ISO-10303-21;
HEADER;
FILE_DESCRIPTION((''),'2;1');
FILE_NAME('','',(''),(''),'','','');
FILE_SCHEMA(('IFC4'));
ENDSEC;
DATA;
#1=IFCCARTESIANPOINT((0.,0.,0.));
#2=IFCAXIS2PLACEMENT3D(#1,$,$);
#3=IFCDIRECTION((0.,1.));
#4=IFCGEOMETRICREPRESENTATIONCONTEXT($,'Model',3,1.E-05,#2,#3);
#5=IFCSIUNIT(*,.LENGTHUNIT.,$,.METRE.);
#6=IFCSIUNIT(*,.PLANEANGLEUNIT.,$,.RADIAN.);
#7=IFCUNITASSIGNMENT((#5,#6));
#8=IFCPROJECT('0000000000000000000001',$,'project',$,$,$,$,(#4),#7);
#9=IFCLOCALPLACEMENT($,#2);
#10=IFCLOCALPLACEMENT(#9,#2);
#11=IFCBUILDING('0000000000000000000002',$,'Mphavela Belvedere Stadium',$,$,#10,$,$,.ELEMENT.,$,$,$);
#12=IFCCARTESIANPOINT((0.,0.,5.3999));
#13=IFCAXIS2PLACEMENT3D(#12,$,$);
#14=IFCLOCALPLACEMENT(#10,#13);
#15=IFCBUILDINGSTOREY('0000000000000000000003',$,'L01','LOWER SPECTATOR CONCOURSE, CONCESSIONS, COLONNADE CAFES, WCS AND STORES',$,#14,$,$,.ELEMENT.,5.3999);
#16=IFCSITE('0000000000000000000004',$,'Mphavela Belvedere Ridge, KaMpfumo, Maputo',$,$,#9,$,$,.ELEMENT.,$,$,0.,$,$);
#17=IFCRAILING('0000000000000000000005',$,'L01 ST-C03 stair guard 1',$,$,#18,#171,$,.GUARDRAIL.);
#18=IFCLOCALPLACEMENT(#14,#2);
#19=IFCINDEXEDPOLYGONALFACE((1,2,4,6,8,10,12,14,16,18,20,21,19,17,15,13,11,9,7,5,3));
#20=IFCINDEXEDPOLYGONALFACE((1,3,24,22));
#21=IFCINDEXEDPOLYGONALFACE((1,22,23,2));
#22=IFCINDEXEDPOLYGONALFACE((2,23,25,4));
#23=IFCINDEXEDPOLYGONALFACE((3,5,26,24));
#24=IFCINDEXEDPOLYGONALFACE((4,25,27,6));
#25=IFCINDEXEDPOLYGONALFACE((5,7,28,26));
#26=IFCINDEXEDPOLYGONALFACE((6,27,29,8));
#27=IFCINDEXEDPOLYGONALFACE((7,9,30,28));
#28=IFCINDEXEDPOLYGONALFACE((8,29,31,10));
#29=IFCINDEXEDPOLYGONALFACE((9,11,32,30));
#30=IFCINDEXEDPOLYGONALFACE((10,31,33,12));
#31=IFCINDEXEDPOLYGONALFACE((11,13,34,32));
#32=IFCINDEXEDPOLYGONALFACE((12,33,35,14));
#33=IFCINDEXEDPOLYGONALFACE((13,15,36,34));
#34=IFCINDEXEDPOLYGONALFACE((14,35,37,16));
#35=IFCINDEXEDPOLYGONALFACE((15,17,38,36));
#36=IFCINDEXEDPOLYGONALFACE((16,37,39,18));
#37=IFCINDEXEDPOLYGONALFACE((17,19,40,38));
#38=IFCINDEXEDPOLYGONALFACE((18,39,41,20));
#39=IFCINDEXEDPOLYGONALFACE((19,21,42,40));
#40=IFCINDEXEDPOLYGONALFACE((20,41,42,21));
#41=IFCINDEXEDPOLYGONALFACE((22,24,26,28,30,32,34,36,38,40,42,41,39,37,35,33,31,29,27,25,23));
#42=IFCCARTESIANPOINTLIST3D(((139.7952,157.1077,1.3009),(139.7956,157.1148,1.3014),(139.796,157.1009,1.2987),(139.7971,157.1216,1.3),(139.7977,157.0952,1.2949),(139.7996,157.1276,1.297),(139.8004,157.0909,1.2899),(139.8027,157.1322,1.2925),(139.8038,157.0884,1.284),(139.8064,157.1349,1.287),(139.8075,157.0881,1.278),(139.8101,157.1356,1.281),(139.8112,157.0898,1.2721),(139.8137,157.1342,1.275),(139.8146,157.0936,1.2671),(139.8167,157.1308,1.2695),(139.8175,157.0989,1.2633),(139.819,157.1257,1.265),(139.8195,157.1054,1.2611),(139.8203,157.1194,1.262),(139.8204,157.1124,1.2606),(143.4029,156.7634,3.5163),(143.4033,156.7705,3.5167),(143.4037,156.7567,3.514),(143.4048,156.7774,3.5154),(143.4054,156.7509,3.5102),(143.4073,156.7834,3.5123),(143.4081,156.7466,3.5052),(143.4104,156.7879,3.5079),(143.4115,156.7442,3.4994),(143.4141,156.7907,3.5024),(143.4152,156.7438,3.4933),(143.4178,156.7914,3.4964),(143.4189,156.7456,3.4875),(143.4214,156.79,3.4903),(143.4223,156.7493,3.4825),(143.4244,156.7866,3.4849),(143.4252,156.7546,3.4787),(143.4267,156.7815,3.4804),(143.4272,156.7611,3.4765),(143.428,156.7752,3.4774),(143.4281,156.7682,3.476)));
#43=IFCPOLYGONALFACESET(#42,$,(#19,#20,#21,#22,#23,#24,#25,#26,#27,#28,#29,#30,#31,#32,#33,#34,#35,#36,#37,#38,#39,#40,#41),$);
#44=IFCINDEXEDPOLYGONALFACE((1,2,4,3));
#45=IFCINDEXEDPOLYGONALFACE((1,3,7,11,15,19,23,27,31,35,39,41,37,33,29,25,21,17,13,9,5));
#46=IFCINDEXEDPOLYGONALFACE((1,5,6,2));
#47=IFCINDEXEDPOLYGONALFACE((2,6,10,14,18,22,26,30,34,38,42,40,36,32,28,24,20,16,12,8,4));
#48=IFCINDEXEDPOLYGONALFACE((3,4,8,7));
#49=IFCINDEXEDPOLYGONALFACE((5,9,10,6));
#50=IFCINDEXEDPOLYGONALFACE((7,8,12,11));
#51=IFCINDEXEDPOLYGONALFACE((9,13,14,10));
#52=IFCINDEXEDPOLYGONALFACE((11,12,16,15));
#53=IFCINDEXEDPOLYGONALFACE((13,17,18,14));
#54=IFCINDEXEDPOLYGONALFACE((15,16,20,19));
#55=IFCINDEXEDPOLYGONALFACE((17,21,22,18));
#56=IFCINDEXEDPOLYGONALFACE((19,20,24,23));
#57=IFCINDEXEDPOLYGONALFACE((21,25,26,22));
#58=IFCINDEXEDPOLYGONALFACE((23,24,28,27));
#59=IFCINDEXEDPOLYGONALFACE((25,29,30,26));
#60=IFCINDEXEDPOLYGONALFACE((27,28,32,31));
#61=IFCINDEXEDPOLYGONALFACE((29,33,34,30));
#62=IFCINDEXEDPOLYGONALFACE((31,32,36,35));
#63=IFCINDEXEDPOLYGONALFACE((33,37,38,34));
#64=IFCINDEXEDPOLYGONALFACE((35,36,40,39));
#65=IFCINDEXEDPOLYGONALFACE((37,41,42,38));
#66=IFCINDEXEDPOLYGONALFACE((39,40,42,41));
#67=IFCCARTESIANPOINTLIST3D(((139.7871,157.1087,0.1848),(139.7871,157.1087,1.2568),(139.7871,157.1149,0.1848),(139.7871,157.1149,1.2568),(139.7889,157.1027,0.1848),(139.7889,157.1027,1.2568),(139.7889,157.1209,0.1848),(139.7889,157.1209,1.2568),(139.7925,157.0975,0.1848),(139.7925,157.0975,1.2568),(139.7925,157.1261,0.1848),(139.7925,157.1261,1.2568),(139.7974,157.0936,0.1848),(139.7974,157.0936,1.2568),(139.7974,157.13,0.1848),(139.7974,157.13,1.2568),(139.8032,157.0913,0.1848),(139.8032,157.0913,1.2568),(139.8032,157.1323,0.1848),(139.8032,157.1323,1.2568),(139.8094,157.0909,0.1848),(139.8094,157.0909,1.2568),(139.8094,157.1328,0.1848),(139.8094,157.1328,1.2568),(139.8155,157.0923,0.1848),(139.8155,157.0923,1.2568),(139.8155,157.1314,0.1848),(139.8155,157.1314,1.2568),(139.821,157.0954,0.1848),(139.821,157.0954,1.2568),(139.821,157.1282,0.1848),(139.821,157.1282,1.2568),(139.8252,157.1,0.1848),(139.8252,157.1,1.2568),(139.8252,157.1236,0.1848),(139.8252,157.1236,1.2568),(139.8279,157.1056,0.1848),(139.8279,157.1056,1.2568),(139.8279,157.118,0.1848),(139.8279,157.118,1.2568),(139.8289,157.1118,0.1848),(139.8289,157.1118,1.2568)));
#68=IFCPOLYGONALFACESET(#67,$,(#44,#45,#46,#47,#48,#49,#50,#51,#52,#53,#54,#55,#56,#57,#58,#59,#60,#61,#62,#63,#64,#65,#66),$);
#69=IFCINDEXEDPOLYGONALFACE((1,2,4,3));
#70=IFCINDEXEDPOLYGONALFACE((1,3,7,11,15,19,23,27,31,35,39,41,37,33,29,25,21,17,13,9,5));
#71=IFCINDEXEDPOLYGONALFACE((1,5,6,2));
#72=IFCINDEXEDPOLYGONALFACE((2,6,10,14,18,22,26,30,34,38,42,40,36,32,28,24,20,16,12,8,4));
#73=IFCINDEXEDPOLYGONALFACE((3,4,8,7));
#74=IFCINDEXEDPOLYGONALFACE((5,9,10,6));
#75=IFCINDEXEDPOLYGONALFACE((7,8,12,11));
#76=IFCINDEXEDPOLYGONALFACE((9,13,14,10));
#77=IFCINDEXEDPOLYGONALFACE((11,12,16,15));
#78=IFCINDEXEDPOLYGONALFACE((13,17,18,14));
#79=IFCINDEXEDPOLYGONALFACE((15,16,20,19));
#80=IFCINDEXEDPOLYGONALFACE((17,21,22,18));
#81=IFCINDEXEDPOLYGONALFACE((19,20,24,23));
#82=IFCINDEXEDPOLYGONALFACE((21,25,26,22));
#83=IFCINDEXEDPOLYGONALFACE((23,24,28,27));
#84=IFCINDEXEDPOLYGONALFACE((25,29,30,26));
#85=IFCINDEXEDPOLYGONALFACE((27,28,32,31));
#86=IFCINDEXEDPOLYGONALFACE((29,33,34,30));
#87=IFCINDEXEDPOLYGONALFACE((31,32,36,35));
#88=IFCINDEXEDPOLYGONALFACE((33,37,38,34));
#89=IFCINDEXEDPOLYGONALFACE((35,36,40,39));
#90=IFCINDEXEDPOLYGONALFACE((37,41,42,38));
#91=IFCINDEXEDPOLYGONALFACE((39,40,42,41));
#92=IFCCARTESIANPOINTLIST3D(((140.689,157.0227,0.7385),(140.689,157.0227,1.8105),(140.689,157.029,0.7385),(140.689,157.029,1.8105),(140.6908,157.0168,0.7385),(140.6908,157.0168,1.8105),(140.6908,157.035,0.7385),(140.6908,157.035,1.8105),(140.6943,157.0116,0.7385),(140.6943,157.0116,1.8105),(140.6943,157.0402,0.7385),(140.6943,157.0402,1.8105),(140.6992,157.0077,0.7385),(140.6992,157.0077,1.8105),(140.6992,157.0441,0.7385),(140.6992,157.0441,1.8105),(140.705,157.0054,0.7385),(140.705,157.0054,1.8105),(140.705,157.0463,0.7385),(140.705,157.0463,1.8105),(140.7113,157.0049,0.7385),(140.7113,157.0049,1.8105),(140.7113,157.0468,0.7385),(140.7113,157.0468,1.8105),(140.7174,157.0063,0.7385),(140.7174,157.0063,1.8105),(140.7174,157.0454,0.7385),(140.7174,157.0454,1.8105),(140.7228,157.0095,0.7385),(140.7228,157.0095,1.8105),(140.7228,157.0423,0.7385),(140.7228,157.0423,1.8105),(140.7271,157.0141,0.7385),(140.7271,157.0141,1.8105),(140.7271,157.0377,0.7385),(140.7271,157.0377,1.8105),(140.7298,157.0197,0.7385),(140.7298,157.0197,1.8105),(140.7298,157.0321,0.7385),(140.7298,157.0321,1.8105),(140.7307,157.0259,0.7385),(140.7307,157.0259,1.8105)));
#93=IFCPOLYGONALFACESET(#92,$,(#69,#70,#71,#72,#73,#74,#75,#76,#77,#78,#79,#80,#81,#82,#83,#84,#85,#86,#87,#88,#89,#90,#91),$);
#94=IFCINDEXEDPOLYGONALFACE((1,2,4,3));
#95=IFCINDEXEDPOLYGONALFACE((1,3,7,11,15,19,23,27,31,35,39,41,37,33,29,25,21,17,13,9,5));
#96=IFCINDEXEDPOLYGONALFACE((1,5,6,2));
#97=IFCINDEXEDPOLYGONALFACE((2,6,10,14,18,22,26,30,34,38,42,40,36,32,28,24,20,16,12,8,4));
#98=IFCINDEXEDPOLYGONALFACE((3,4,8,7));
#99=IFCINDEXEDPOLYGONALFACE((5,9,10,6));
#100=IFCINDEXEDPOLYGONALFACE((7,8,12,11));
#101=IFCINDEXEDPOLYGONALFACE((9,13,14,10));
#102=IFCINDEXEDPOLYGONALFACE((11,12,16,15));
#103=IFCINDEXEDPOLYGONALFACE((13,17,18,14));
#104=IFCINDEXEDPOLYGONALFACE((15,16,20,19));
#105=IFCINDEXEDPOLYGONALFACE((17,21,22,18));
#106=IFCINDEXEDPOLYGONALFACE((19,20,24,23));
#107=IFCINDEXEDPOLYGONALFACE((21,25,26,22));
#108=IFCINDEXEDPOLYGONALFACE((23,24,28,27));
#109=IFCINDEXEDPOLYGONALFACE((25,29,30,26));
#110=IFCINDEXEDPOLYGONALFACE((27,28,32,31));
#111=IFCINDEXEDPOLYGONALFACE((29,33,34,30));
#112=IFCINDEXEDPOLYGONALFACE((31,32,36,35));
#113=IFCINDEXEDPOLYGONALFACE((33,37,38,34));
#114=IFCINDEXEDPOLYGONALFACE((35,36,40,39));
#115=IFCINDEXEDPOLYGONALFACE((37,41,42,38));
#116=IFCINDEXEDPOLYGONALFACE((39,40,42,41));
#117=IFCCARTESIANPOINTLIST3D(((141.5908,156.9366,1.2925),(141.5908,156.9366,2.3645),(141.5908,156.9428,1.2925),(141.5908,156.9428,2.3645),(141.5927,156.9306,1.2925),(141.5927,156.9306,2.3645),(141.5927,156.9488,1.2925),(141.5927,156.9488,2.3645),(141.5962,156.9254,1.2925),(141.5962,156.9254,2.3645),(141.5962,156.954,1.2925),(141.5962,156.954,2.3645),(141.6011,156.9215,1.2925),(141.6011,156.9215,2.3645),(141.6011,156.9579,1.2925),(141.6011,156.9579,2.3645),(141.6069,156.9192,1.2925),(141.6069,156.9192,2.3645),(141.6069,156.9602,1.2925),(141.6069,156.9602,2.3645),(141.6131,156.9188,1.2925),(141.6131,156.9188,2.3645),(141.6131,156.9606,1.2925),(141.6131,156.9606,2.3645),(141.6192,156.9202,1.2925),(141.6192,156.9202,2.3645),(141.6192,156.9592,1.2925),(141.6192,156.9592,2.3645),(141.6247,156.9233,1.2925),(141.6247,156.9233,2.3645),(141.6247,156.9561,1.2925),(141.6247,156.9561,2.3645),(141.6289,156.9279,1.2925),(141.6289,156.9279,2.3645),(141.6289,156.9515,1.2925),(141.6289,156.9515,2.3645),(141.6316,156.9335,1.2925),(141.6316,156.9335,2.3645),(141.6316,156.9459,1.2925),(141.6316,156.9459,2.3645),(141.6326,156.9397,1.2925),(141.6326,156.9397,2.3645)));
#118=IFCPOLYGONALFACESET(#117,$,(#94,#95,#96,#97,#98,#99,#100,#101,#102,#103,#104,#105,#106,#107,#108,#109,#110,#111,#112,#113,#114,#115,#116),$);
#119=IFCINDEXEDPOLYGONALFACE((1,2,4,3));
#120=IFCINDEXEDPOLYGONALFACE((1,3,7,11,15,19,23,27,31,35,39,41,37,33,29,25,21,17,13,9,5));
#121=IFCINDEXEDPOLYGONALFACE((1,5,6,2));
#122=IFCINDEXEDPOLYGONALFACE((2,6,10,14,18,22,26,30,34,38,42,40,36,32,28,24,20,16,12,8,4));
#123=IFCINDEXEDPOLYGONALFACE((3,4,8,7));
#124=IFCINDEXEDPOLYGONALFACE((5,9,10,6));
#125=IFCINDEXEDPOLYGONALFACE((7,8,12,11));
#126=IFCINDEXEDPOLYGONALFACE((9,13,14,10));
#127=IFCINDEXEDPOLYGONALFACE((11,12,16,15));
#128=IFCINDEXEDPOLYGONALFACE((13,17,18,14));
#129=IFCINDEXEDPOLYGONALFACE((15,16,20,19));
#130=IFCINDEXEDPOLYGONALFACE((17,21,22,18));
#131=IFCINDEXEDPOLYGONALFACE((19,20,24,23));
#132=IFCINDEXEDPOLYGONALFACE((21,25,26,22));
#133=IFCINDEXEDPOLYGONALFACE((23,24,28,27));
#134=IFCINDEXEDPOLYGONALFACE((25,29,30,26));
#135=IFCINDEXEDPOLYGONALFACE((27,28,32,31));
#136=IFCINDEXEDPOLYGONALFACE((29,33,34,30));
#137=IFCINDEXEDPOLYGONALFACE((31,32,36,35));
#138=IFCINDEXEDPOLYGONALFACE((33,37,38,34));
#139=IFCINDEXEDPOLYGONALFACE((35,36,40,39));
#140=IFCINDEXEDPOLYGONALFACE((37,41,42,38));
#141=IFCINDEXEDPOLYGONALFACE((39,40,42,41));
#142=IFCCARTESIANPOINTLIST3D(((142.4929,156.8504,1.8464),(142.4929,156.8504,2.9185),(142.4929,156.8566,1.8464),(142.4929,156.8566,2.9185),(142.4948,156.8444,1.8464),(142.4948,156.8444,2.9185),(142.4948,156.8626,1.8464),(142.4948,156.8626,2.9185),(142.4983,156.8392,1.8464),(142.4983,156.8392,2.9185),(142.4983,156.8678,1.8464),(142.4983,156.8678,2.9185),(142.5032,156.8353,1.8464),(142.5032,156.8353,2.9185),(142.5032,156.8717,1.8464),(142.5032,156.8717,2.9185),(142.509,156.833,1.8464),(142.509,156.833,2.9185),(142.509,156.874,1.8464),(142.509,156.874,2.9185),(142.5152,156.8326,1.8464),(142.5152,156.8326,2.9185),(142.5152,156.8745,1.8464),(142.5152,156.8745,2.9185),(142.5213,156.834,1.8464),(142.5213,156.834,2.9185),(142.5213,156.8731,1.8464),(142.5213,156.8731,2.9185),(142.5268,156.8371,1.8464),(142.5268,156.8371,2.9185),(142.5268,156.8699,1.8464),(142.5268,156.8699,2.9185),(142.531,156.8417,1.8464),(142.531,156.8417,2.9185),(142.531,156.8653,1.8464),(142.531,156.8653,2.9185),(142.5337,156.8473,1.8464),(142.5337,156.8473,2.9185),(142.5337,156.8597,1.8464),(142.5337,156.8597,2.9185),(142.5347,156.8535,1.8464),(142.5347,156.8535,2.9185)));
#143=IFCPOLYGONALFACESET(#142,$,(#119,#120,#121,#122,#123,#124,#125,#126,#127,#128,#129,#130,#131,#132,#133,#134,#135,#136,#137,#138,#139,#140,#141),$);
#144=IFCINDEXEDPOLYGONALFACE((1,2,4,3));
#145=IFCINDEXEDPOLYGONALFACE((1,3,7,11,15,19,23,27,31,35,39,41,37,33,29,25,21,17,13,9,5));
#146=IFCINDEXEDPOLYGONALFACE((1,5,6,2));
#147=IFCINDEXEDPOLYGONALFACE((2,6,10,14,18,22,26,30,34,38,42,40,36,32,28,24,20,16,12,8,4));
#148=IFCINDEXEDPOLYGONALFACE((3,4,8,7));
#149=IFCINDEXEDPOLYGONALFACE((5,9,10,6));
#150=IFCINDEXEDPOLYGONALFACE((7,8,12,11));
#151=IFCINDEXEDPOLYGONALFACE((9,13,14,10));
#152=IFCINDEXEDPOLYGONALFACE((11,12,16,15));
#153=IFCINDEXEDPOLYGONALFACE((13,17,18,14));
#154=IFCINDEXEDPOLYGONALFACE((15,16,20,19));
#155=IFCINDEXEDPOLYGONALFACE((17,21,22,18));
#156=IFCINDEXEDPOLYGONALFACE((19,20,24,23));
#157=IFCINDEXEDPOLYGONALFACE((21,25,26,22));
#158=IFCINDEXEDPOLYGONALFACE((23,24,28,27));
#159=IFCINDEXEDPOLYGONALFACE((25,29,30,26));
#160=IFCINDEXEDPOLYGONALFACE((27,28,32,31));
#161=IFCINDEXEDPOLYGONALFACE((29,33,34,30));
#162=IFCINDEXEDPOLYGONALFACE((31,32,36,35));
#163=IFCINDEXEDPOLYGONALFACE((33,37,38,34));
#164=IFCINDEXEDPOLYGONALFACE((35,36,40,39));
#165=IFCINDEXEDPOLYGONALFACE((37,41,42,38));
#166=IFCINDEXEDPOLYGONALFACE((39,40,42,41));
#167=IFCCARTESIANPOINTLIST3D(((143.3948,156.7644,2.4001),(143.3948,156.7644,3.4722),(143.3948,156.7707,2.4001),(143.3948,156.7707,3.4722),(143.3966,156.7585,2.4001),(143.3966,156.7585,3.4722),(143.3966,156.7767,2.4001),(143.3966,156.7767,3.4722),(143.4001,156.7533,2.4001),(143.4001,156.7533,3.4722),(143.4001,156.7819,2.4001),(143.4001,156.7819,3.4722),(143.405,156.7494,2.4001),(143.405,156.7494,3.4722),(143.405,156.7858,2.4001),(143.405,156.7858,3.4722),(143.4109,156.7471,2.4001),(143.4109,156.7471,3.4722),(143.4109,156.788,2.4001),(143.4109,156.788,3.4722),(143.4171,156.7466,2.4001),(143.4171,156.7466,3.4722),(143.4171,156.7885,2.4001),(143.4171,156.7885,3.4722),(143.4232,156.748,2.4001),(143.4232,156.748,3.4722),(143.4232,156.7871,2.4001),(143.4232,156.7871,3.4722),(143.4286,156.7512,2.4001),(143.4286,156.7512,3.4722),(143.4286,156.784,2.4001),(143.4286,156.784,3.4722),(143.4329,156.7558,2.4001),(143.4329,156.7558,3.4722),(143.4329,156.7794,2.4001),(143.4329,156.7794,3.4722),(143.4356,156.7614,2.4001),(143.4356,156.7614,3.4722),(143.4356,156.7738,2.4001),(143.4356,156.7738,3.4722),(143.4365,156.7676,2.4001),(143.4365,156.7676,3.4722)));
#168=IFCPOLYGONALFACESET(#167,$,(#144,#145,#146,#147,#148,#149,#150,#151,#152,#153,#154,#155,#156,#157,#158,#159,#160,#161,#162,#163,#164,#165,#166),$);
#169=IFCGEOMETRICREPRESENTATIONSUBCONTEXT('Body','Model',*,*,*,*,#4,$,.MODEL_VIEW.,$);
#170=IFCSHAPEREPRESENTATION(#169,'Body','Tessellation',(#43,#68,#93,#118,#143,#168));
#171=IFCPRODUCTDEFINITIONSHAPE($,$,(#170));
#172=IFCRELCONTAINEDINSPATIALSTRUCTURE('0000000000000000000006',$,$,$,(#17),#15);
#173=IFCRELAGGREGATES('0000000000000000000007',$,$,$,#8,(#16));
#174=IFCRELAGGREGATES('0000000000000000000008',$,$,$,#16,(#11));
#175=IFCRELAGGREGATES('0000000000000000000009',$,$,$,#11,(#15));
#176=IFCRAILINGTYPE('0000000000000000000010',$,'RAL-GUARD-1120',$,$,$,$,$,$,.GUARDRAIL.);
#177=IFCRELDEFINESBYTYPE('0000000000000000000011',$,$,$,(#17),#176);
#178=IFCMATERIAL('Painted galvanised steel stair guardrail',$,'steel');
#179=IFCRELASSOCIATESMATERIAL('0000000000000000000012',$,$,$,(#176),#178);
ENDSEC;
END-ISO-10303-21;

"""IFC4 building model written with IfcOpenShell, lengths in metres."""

from ifc_helpers import new_model, si_unit, direction, frame, origin, origin_2d, place, context, subcontext, project, spatial, circle, extrude, material, type_object, element, save


model = new_model("IFC4")

# Units and contexts
model_context = context("Model", 3, precision=1e-05, world=origin(), true_north=direction((0.0, 1.0)))
body_context = subcontext(model_context, "Body", "Model", "MODEL_VIEW")
ifc_project = project(units=[si_unit("LENGTHUNIT", "METRE"), si_unit("PLANEANGLEUNIT", "RADIAN")], contexts=[model_context])

# Site, building, storey
site_placement = place(None, origin())
site = spatial("IfcSite", under=ifc_project, at=site_placement, Name="Mphavela Belvedere Ridge, KaMpfumo, Maputo", CompositionType="ELEMENT", RefElevation=0.0)
building_placement = place(site_placement, origin())
building = spatial("IfcBuilding", under=site, at=building_placement, Name="Mphavela Belvedere Stadium", CompositionType="ELEMENT")
storey_placement = place(building_placement, frame((0.0, 0.0, 5.3999)))
storey = spatial("IfcBuildingStorey", under=building, at=storey_placement, Name="L01", Description="LOWER SPECTATOR CONCOURSE, CONCESSIONS, COLONNADE CAFES, WCS AND STORES", CompositionType="ELEMENT", Elevation=5.3999)

# Railing
ifc_material_1 = material(Name="Painted galvanised steel stair guardrail", Category="steel")
railing_type_1 = type_object("IfcRailingType", Name="RAL-GUARD-1120", PredefinedType="GUARDRAIL", material=ifc_material_1)
railing_1_placement = place(storey_placement, frame((139.8079, 157.1118, 0.1848)))
element("IfcRailing", 1, at=railing_1_placement, inside=storey, type_object=railing_type_1, Name="L01 ST-C03 stair guard 1", PredefinedType="GUARDRAIL", context=body_context, shape_type="SweptSolid", body=[
    extrude(circle(Radius=0.0239, at=origin_2d()), frame((0.0, 0.0, 1.0962), z_axis=(0.849358, -0.081044, 0.521559), x_axis=(0.094987, 0.995479, 0.0)), (0.0, 0.0, 1.0), 4.2476),
    extrude(circle(Radius=0.021, at=origin_2d()), origin(), (0.0, 0.0, 1.0), 1.072),
    extrude(circle(Radius=0.021, at=origin_2d()), frame((0.9019, -0.0859, 0.5537)), (0.0, 0.0, 1.0), 1.072),
    extrude(circle(Radius=0.021, at=origin_2d()), frame((1.8037, -0.1721, 1.1077)), (0.0, 0.0, 1.0), 1.072),
    extrude(circle(Radius=0.021, at=origin_2d()), frame((2.7058, -0.2583, 1.6616)), (0.0, 0.0, 1.0), 1.072),
    extrude(circle(Radius=0.021, at=origin_2d()), frame((3.6077, -0.3442, 2.2153)), (0.0, 0.0, 1.0), 1.072),
])

save(model, "model.ifc")
